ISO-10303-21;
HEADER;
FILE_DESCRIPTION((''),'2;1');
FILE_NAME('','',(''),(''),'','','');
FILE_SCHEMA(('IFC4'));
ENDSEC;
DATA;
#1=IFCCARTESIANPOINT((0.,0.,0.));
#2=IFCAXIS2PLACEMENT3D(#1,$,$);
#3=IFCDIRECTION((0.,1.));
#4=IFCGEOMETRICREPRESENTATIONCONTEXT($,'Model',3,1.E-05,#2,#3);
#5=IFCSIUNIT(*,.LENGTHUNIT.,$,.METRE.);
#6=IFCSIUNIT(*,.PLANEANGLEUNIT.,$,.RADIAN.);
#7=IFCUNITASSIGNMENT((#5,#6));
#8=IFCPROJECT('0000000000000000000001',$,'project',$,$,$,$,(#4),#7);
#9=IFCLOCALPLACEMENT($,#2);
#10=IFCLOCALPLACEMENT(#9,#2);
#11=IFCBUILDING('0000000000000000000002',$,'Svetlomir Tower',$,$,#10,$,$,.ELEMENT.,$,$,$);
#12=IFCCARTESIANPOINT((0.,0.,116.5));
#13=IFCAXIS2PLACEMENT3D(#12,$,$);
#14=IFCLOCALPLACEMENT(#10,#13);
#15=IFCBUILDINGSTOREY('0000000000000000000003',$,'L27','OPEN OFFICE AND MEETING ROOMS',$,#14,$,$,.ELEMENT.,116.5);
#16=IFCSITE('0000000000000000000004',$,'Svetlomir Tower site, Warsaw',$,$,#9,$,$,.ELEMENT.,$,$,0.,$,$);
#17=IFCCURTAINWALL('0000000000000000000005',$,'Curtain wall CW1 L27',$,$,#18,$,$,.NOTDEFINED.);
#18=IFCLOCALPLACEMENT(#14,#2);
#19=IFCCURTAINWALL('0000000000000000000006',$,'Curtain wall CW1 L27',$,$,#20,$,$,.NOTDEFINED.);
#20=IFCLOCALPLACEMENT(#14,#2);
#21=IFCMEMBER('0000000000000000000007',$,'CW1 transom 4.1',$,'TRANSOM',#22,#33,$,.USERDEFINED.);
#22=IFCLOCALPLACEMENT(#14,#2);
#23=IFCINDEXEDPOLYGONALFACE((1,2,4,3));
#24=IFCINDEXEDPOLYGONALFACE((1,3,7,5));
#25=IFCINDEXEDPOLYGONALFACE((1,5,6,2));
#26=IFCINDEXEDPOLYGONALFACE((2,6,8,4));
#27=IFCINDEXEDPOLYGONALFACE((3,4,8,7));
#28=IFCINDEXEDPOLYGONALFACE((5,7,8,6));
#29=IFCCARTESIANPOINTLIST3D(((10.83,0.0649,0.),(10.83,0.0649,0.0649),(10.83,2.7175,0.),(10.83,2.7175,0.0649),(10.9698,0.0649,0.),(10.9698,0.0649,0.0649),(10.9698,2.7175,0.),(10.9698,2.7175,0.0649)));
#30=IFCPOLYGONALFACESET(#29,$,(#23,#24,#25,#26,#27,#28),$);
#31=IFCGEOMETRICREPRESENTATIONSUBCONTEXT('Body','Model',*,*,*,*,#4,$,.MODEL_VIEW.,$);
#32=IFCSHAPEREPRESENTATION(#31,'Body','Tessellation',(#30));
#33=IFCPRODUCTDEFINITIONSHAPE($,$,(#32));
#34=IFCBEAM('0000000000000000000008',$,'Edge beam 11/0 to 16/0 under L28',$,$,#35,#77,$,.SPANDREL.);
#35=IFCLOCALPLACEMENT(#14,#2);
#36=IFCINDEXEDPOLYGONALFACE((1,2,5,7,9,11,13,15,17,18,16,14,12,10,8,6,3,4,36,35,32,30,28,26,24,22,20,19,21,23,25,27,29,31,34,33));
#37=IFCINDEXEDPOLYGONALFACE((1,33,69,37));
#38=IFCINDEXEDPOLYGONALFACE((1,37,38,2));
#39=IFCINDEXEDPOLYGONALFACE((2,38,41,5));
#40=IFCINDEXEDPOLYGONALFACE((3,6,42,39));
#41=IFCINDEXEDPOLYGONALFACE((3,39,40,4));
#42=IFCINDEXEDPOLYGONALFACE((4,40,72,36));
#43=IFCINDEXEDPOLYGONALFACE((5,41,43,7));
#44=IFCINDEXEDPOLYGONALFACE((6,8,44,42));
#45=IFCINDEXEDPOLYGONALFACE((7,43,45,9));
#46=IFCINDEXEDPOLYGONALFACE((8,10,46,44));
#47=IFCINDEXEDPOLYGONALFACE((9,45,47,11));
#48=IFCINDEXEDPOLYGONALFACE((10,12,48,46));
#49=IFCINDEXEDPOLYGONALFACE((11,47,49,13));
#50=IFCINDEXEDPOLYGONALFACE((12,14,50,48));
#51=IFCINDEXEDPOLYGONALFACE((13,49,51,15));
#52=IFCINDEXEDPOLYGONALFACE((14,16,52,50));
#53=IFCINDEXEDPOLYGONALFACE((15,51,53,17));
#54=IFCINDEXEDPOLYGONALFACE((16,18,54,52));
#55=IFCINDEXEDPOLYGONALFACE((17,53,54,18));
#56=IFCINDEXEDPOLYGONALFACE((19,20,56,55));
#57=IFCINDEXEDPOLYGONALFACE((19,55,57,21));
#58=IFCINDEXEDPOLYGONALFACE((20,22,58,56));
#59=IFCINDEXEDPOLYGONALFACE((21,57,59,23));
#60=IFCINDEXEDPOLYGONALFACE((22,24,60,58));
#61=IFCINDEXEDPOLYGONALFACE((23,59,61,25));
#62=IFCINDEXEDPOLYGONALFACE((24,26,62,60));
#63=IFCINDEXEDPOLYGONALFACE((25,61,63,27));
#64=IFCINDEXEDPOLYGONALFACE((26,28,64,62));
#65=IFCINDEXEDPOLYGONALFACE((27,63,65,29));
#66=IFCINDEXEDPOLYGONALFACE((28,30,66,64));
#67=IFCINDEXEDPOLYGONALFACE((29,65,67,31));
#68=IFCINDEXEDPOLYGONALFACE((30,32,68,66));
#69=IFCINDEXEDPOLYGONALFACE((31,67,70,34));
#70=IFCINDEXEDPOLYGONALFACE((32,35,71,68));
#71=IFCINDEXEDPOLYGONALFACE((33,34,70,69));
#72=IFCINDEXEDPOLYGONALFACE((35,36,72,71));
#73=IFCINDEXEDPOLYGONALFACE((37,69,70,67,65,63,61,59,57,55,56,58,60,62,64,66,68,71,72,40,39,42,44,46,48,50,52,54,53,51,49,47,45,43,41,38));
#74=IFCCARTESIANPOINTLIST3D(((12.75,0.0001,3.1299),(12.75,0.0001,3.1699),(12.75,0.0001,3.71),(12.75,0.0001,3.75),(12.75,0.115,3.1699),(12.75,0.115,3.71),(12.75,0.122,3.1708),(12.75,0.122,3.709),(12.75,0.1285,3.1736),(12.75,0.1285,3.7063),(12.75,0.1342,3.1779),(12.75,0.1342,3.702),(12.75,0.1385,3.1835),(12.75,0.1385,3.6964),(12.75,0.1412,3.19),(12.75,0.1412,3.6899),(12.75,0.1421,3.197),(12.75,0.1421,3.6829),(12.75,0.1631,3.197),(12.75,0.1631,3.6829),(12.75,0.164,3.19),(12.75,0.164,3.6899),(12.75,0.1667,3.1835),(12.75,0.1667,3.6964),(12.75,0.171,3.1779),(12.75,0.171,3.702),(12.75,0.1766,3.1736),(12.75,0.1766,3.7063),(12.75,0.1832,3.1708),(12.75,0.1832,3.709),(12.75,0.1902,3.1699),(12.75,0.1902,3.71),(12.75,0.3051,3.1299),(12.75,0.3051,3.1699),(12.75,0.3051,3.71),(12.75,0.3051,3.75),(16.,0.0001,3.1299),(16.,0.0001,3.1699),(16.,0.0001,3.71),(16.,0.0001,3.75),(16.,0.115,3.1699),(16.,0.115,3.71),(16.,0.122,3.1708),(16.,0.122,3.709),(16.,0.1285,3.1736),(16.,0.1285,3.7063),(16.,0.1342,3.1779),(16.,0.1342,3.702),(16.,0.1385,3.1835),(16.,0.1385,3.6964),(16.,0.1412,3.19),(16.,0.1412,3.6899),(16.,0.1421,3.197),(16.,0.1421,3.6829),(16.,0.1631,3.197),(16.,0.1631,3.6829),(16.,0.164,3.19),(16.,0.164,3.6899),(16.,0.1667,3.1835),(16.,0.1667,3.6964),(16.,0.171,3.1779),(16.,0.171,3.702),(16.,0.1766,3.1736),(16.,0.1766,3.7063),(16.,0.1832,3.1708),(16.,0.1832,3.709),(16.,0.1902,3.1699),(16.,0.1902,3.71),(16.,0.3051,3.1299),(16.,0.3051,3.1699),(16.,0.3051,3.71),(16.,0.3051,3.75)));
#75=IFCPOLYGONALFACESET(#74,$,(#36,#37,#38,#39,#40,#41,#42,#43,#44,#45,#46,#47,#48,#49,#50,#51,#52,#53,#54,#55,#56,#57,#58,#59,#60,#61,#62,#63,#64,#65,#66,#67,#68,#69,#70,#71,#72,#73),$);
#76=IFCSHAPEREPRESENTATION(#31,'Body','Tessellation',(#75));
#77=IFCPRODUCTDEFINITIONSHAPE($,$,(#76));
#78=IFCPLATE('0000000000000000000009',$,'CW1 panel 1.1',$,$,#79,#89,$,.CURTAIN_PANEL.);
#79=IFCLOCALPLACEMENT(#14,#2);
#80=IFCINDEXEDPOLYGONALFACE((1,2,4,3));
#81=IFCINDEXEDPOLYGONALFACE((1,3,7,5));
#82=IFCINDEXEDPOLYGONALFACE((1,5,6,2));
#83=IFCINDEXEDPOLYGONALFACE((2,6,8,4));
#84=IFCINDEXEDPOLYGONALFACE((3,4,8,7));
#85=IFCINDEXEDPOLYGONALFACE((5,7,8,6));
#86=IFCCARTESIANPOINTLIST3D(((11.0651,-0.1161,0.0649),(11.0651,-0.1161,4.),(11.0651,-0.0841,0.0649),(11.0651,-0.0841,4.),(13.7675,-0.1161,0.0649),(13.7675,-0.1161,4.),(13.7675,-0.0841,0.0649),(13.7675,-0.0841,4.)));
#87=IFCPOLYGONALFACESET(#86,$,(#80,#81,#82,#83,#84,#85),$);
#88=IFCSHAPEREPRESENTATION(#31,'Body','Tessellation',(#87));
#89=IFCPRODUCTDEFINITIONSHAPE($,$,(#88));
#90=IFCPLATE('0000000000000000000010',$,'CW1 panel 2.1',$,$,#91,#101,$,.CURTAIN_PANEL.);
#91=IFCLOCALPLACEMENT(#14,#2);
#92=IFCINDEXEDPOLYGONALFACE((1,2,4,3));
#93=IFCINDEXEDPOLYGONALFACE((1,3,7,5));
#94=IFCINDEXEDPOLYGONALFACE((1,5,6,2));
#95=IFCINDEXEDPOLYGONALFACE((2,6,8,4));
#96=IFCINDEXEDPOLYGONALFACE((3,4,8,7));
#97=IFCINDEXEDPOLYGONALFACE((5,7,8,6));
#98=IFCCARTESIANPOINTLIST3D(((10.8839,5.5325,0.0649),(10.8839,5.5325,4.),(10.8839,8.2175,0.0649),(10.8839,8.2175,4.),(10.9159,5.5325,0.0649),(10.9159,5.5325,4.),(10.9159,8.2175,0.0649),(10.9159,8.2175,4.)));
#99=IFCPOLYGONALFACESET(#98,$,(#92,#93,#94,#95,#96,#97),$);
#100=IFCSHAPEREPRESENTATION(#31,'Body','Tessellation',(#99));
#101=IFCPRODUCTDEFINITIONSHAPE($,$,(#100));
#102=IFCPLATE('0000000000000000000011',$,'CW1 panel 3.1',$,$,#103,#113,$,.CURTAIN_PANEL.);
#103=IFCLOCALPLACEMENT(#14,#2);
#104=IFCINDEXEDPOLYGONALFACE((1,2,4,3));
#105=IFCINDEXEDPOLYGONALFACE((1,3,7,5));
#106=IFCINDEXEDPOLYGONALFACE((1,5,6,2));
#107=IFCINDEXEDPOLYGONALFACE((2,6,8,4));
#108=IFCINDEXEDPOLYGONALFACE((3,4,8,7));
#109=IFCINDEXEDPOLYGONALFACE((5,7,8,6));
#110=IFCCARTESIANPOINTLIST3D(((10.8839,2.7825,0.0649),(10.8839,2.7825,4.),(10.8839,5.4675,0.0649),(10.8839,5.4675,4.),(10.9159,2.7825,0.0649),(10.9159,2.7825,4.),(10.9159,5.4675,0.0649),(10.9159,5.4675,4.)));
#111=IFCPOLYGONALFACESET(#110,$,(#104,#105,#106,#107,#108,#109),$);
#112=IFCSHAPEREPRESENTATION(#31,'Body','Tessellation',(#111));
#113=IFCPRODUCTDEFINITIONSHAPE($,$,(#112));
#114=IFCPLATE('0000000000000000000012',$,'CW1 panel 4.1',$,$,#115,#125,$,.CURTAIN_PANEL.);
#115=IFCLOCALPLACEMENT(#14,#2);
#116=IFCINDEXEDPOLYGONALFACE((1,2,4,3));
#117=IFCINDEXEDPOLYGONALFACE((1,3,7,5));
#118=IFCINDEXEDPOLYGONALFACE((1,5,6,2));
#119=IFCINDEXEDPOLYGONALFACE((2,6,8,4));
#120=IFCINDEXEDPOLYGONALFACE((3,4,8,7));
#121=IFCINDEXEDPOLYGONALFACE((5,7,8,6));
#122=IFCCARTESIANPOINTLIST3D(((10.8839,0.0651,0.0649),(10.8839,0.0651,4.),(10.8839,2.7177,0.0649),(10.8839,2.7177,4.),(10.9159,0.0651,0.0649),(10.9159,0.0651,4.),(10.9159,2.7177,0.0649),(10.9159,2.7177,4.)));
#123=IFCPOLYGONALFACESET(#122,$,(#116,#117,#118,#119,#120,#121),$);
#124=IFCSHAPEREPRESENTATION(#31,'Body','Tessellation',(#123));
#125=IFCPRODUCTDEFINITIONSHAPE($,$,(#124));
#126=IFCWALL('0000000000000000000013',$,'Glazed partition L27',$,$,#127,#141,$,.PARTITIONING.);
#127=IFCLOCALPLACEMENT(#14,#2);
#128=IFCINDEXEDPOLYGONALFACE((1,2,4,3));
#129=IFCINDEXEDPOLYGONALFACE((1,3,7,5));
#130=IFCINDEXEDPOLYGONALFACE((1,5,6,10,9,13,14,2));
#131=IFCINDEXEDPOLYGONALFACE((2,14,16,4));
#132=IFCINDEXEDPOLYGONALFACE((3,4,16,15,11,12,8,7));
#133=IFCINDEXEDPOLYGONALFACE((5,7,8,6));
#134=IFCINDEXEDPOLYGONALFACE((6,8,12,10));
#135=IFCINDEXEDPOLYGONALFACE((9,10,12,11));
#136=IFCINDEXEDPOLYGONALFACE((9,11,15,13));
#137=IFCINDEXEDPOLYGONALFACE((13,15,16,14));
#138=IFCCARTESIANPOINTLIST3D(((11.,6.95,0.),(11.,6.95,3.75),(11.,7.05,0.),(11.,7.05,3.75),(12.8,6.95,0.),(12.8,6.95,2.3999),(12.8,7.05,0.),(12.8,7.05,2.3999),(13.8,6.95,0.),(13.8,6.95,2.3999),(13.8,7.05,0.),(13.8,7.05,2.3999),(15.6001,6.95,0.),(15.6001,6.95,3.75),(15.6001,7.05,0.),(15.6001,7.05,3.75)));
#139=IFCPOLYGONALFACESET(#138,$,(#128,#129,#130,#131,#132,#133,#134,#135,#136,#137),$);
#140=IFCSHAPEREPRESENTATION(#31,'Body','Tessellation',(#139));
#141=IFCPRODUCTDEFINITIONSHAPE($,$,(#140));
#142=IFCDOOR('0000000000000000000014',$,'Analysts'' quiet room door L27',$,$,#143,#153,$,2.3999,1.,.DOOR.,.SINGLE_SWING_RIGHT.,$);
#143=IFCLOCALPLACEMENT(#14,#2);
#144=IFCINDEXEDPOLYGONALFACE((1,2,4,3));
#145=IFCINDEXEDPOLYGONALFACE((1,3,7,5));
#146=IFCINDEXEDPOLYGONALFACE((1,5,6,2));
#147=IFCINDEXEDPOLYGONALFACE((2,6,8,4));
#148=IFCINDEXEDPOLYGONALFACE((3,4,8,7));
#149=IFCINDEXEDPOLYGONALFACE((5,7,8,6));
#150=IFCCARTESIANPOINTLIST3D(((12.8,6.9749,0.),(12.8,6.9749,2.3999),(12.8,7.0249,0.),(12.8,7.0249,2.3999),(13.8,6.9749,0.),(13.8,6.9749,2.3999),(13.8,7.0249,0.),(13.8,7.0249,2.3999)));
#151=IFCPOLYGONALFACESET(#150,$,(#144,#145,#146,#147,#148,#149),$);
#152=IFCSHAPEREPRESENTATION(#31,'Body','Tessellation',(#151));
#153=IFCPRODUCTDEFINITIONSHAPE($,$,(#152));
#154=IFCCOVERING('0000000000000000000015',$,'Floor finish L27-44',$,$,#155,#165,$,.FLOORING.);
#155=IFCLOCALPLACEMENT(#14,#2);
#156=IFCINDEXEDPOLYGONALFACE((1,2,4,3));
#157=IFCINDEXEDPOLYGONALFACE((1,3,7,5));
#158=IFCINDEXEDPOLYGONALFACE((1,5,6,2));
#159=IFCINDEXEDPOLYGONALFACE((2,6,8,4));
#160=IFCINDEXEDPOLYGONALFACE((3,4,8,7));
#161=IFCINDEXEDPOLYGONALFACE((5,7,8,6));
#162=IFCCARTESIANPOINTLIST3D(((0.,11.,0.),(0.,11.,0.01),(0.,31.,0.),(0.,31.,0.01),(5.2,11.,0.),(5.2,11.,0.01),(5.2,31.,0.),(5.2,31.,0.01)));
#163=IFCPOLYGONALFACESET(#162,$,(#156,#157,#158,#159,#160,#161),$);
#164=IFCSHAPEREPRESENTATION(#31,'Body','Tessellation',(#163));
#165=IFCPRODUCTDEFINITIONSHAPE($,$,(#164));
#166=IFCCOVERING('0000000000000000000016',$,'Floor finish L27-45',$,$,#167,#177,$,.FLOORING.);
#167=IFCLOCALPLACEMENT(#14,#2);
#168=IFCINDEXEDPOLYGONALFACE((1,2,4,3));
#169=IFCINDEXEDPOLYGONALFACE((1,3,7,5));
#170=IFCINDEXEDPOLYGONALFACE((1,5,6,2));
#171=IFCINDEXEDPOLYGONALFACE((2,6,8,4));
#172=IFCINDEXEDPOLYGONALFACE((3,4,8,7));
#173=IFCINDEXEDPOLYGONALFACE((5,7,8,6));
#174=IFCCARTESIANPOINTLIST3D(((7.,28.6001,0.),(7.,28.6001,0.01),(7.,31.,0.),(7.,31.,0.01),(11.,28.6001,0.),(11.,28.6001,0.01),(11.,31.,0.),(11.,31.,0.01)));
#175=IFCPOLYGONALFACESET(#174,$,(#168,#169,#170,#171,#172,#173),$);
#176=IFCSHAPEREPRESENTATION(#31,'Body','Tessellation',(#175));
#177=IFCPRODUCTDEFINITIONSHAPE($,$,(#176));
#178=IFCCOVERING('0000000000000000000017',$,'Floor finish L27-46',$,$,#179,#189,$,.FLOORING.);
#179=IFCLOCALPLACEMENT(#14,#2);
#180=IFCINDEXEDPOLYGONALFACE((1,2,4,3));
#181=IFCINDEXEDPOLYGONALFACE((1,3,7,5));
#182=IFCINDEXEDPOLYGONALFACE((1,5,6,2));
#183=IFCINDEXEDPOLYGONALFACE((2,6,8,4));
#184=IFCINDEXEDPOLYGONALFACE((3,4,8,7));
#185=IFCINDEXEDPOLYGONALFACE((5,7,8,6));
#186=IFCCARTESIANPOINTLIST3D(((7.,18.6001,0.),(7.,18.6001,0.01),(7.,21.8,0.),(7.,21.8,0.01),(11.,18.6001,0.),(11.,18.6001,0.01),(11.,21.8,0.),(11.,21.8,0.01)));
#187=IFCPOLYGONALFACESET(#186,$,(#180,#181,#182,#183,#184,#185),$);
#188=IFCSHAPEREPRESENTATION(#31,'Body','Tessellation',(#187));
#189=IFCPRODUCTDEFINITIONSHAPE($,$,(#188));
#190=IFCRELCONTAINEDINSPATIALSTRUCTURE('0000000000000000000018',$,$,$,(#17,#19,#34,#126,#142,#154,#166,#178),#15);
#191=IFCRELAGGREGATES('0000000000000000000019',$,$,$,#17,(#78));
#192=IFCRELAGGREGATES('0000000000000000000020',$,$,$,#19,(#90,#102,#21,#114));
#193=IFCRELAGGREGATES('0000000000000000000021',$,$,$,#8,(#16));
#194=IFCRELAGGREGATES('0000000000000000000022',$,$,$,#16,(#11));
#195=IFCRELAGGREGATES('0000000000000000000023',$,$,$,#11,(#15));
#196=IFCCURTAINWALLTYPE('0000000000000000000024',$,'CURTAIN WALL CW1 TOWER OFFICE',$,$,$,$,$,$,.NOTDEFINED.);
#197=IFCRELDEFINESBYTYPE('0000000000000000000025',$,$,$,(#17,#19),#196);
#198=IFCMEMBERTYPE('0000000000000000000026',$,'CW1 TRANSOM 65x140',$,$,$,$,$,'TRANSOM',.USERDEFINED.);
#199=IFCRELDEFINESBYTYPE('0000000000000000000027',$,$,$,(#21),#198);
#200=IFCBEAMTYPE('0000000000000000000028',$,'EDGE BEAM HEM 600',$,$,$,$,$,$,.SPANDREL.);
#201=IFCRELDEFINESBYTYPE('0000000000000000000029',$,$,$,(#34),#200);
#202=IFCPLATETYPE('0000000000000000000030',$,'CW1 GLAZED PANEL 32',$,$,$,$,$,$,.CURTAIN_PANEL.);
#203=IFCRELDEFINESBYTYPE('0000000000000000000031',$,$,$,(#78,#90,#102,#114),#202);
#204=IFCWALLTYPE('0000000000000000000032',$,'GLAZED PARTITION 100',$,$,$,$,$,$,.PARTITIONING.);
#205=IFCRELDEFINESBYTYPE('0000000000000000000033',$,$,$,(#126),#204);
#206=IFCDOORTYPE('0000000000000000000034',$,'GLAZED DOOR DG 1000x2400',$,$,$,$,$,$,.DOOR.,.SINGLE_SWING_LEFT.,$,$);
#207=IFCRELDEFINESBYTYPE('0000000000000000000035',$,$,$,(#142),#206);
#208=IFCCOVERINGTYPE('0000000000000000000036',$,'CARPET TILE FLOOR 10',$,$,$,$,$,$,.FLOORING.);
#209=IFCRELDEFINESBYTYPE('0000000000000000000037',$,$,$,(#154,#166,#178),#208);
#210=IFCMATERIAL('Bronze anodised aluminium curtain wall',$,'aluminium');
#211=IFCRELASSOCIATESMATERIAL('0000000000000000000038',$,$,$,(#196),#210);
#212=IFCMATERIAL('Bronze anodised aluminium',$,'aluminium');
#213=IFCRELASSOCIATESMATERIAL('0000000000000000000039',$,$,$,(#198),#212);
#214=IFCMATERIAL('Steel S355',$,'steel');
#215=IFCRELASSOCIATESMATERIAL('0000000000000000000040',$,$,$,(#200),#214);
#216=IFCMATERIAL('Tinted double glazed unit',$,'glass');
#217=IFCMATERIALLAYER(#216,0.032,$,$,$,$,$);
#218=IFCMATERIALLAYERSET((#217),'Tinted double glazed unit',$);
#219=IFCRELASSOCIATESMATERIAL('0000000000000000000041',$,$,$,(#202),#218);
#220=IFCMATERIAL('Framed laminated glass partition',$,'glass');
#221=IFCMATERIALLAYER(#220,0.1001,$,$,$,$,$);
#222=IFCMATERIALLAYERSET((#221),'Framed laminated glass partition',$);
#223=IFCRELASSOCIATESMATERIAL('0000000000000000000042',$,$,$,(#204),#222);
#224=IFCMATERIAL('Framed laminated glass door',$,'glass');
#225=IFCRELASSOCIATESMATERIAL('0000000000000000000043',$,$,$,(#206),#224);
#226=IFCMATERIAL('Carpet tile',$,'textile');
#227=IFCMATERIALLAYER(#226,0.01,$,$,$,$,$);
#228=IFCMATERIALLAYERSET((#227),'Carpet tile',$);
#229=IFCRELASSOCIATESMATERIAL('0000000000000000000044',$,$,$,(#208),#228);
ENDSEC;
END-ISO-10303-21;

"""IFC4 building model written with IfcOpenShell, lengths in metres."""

from ifc_helpers import new_model, si_unit, direction, frame, frame_2d, origin, origin_2d, place, context, subcontext, project, spatial, polyline, rectangle, i_section, outline, extrude, material, layer, layer_set, material_profile, profile_set, type_object, element, fill, aggregate, save


model = new_model("IFC4")

# Units and contexts
model_context = context("Model", 3, precision=1e-05, world=origin(), true_north=direction((0.0, 1.0)))
body_context = subcontext(model_context, "Body", "Model", "MODEL_VIEW")
ifc_project = project(units=[si_unit("LENGTHUNIT", "METRE"), si_unit("PLANEANGLEUNIT", "RADIAN")], contexts=[model_context])

# Site, building, storey
site_placement = place(None, origin())
site = spatial("IfcSite", under=ifc_project, at=site_placement, Name="Svetlomir Tower site, Warsaw", CompositionType="ELEMENT", RefElevation=0.0)
building_placement = place(site_placement, origin())
building = spatial("IfcBuilding", under=site, at=building_placement, Name="Svetlomir Tower", CompositionType="ELEMENT")
storey_placement = place(building_placement, frame((0.0, 0.0, 116.5)))
storey = spatial("IfcBuildingStorey", under=building, at=storey_placement, Name="L27", Description="OPEN OFFICE AND MEETING ROOMS", CompositionType="ELEMENT", Elevation=116.5)

# Curtain wall
ifc_material_1 = material(Name="Bronze anodised aluminium curtain wall", Category="aluminium")
curtain_wall_type = type_object("IfcCurtainWallType", Name="CURTAIN WALL CW1 TOWER OFFICE", PredefinedType="NOTDEFINED", material=ifc_material_1)
curtain_wall_1_placement = place(storey_placement, origin())
curtain_wall_1 = element("IfcCurtainWall", 1, at=curtain_wall_1_placement, inside=storey, type_object=curtain_wall_type, Name="Curtain wall CW1 L27", PredefinedType="NOTDEFINED")

# Curtain wall
curtain_wall_2_placement = place(storey_placement, origin())
curtain_wall_2 = element("IfcCurtainWall", 2, at=curtain_wall_2_placement, inside=storey, type_object=curtain_wall_type, Name="Curtain wall CW1 L27", PredefinedType="NOTDEFINED")

# Member
ifc_material_2 = material(Name="Bronze anodised aluminium", Category="aluminium")
ifc_material_profile_1 = material_profile(ifc_material_2, rectangle(XDim=0.1399, YDim=0.0649, at=origin_2d()), Name="AL 140x65")
ifc_profile_set_1 = profile_set([ifc_material_profile_1], Name="Bronze anodised aluminium 6063-T6")
member_type_1 = type_object("IfcMemberType", Name="CW1 TRANSOM 65x140", ElementType="TRANSOM", PredefinedType="USERDEFINED", material=ifc_profile_set_1)
member_1_placement = place(storey_placement, frame((10.8999, 2.7175, 0.0325), z_axis=(0.0, -1.0, 0.0), x_axis=(1.0, 0.0, 0.0)))
member_1 = element("IfcMember", 3, at=member_1_placement, type_object=member_type_1, Name="CW1 transom 4.1", ObjectType="TRANSOM", PredefinedType="USERDEFINED", context=body_context, shape_type="SweptSolid", body=[
    extrude(rectangle(XDim=0.1399, YDim=0.0649, at=origin_2d()), origin(), (0.0, 0.0, 1.0), 2.6526),
])

# Beam
ifc_material_3 = material(Name="Steel S355", Category="steel")
ifc_material_profile_2 = material_profile(ifc_material_3, i_section(OverallWidth=0.3049, OverallDepth=0.6201, WebThickness=0.021, FlangeThickness=0.04, FilletRadius=0.0271, at=origin_2d()), Name="HEM 600")
ifc_profile_set_2 = profile_set([ifc_material_profile_2], Name="Steel S355")
beam_type = type_object("IfcBeamType", Name="EDGE BEAM HEM 600", PredefinedType="SPANDREL", material=ifc_profile_set_2)
beam_placement = place(storey_placement, frame((12.75, 0.1526, 3.4399), z_axis=(1.0, 0.0, 0.0), x_axis=(0.0, 1.0, 0.0)))
element("IfcBeam", 4, at=beam_placement, inside=storey, type_object=beam_type, Name="Edge beam 11/0 to 16/0 under L28", PredefinedType="SPANDREL", context=body_context, shape_type="SweptSolid", body=[
    extrude(i_section(OverallWidth=0.3049, OverallDepth=0.6201, WebThickness=0.021, FlangeThickness=0.04, FilletRadius=0.0271, at=origin_2d()), origin(), (0.0, 0.0, 1.0), 3.25),
])

# Plates
ifc_material_4 = material(Name="Tinted double glazed unit", Category="glass")
ifc_layer_1 = layer(ifc_material_4, 0.032)
ifc_layer_set_1 = layer_set([ifc_layer_1], Name="Tinted double glazed unit")
plate_type = type_object("IfcPlateType", Name="CW1 GLAZED PANEL 32", PredefinedType="CURTAIN_PANEL", material=ifc_layer_set_1)
plate_1_placement = place(storey_placement, frame((12.4163, -0.1001, 0.0649), z_axis=(0.0, 0.0, 1.0), x_axis=(1.0, 0.0, 0.0)))
plate_1 = element("IfcPlate", 5, at=plate_1_placement, type_object=plate_type, Name="CW1 panel 1.1", PredefinedType="CURTAIN_PANEL", context=body_context, shape_type="SweptSolid", body=[
    extrude(rectangle(XDim=2.7024, YDim=0.032, at=origin_2d()), origin(), (0.0, 0.0, 1.0), 3.9351),
])
aggregate(curtain_wall_1, [plate_1])
plate_2_placement = place(storey_placement, frame((10.8999, 6.875, 0.0649), z_axis=(0.0, 0.0, 1.0), x_axis=(0.0, -1.0, 0.0)))
plate_2 = element("IfcPlate", 6, at=plate_2_placement, type_object=plate_type, Name="CW1 panel 2.1", PredefinedType="CURTAIN_PANEL", context=body_context, shape_type="SweptSolid", body=[
    extrude(rectangle(XDim=2.6851, YDim=0.032, at=origin_2d()), origin(), (0.0, 0.0, 1.0), 3.9351),
])
plate_3_placement = place(storey_placement, frame((10.8999, 4.125, 0.0649), z_axis=(0.0, 0.0, 1.0), x_axis=(0.0, -1.0, 0.0)))
plate_3 = element("IfcPlate", 7, at=plate_3_placement, type_object=plate_type, Name="CW1 panel 3.1", PredefinedType="CURTAIN_PANEL", context=body_context, shape_type="SweptSolid", body=[
    extrude(rectangle(XDim=2.6851, YDim=0.032, at=origin_2d()), origin(), (0.0, 0.0, 1.0), 3.9351),
])
plate_4_placement = place(storey_placement, frame((10.8999, 1.3914, 0.0649), z_axis=(0.0, 0.0, 1.0), x_axis=(0.0, -1.0, 0.0)))
plate_4 = element("IfcPlate", 8, at=plate_4_placement, type_object=plate_type, Name="CW1 panel 4.1", PredefinedType="CURTAIN_PANEL", context=body_context, shape_type="SweptSolid", body=[
    extrude(rectangle(XDim=2.6526, YDim=0.032, at=origin_2d()), origin(), (0.0, 0.0, 1.0), 3.9351),
])
aggregate(curtain_wall_2, [plate_2, plate_3, member_1, plate_4])

# Wall, opening, door
ifc_material_5 = material(Name="Framed laminated glass partition", Category="glass")
ifc_layer_2 = layer(ifc_material_5, 0.1001)
ifc_layer_set_2 = layer_set([ifc_layer_2], Name="Framed laminated glass partition")
wall_type = type_object("IfcWallType", Name="GLAZED PARTITION 100", PredefinedType="PARTITIONING", material=ifc_layer_set_2)
wall_placement = place(storey_placement, frame((11.0, 7.0, 0.0), z_axis=(0.0, 0.0, 1.0), x_axis=(1.0, 0.0, 0.0)))
wall = element("IfcWall", 9, at=wall_placement, inside=storey, type_object=wall_type, Name="Glazed partition L27", PredefinedType="PARTITIONING", context=body_context, shape_type="SweptSolid", body=[
    extrude(rectangle(XDim=4.6001, YDim=0.1001, at=frame_2d((2.3, 0.0))), origin(), (0.0, 0.0, 1.0), 3.75),
])
opening_placement = place(wall_placement, frame((1.8, 0.0, 0.0)))
opening = element("IfcOpeningElement", 10, at=opening_placement, cuts=wall, PredefinedType="OPENING", context=body_context, shape_type="SweptSolid", body=[
    extrude(rectangle(XDim=1.0, YDim=2.3999, at=frame_2d((0.5, 1.2))), frame((0.0, 0.0601, 0.0), z_axis=(0.0, -1.0, 0.0), x_axis=(1.0, 0.0, 0.0)), (0.0, 0.0, 1.0), 0.1201),
])
ifc_material_6 = material(Name="Framed laminated glass door", Category="glass")
door_type = type_object("IfcDoorType", Name="GLAZED DOOR DG 1000x2400", OperationType="SINGLE_SWING_LEFT", PredefinedType="DOOR", material=ifc_material_6)
door_placement = place(opening_placement, origin())
door = element("IfcDoor", 11, at=door_placement, inside=storey, type_object=door_type, Name="Analysts' quiet room door L27", OperationType="SINGLE_SWING_RIGHT", OverallHeight=2.3999, OverallWidth=1.0, PredefinedType="DOOR", context=body_context, shape_type="SweptSolid", body=[
    extrude(rectangle(XDim=1.0, YDim=2.3999, at=frame_2d((0.5, 1.2))), frame((0.0, 0.0249, 0.0), z_axis=(0.0, -1.0, 0.0), x_axis=(1.0, 0.0, 0.0)), (0.0, 0.0, 1.0), 0.05),
])
fill(opening, door)

# Coverings
ifc_material_7 = material(Name="Carpet tile", Category="textile")
ifc_layer_3 = layer(ifc_material_7, 0.01)
ifc_layer_set_3 = layer_set([ifc_layer_3], Name="Carpet tile")
covering_type_1 = type_object("IfcCoveringType", Name="CARPET TILE FLOOR 10", PredefinedType="FLOORING", material=ifc_layer_set_3)
covering_1_placement = place(storey_placement, origin())
element("IfcCovering", 12, at=covering_1_placement, inside=storey, type_object=covering_type_1, Name="Floor finish L27-44", PredefinedType="FLOORING", context=body_context, shape_type="SweptSolid", body=[
    extrude(outline(polyline([(5.2, 31.0), (5.2, 11.0), (0.0, 11.0), (0.0, 31.0), (5.2, 31.0)])), origin(), (0.0, 0.0, 1.0), 0.01),
])
covering_2_placement = place(storey_placement, origin())
element("IfcCovering", 13, at=covering_2_placement, inside=storey, type_object=covering_type_1, Name="Floor finish L27-45", PredefinedType="FLOORING", context=body_context, shape_type="SweptSolid", body=[
    extrude(outline(polyline([(11.0, 28.6001), (7.0, 28.6001), (7.0, 31.0), (11.0, 31.0), (11.0, 28.6001)])), origin(), (0.0, 0.0, 1.0), 0.01),
])
covering_3_placement = place(storey_placement, origin())
element("IfcCovering", 14, at=covering_3_placement, inside=storey, type_object=covering_type_1, Name="Floor finish L27-46", PredefinedType="FLOORING", context=body_context, shape_type="SweptSolid", body=[
    extrude(outline(polyline([(7.0, 18.6001), (7.0, 21.8), (11.0, 21.8), (11.0, 18.6001), (7.0, 18.6001)])), origin(), (0.0, 0.0, 1.0), 0.01),
])

save(model, "model.ifc")
